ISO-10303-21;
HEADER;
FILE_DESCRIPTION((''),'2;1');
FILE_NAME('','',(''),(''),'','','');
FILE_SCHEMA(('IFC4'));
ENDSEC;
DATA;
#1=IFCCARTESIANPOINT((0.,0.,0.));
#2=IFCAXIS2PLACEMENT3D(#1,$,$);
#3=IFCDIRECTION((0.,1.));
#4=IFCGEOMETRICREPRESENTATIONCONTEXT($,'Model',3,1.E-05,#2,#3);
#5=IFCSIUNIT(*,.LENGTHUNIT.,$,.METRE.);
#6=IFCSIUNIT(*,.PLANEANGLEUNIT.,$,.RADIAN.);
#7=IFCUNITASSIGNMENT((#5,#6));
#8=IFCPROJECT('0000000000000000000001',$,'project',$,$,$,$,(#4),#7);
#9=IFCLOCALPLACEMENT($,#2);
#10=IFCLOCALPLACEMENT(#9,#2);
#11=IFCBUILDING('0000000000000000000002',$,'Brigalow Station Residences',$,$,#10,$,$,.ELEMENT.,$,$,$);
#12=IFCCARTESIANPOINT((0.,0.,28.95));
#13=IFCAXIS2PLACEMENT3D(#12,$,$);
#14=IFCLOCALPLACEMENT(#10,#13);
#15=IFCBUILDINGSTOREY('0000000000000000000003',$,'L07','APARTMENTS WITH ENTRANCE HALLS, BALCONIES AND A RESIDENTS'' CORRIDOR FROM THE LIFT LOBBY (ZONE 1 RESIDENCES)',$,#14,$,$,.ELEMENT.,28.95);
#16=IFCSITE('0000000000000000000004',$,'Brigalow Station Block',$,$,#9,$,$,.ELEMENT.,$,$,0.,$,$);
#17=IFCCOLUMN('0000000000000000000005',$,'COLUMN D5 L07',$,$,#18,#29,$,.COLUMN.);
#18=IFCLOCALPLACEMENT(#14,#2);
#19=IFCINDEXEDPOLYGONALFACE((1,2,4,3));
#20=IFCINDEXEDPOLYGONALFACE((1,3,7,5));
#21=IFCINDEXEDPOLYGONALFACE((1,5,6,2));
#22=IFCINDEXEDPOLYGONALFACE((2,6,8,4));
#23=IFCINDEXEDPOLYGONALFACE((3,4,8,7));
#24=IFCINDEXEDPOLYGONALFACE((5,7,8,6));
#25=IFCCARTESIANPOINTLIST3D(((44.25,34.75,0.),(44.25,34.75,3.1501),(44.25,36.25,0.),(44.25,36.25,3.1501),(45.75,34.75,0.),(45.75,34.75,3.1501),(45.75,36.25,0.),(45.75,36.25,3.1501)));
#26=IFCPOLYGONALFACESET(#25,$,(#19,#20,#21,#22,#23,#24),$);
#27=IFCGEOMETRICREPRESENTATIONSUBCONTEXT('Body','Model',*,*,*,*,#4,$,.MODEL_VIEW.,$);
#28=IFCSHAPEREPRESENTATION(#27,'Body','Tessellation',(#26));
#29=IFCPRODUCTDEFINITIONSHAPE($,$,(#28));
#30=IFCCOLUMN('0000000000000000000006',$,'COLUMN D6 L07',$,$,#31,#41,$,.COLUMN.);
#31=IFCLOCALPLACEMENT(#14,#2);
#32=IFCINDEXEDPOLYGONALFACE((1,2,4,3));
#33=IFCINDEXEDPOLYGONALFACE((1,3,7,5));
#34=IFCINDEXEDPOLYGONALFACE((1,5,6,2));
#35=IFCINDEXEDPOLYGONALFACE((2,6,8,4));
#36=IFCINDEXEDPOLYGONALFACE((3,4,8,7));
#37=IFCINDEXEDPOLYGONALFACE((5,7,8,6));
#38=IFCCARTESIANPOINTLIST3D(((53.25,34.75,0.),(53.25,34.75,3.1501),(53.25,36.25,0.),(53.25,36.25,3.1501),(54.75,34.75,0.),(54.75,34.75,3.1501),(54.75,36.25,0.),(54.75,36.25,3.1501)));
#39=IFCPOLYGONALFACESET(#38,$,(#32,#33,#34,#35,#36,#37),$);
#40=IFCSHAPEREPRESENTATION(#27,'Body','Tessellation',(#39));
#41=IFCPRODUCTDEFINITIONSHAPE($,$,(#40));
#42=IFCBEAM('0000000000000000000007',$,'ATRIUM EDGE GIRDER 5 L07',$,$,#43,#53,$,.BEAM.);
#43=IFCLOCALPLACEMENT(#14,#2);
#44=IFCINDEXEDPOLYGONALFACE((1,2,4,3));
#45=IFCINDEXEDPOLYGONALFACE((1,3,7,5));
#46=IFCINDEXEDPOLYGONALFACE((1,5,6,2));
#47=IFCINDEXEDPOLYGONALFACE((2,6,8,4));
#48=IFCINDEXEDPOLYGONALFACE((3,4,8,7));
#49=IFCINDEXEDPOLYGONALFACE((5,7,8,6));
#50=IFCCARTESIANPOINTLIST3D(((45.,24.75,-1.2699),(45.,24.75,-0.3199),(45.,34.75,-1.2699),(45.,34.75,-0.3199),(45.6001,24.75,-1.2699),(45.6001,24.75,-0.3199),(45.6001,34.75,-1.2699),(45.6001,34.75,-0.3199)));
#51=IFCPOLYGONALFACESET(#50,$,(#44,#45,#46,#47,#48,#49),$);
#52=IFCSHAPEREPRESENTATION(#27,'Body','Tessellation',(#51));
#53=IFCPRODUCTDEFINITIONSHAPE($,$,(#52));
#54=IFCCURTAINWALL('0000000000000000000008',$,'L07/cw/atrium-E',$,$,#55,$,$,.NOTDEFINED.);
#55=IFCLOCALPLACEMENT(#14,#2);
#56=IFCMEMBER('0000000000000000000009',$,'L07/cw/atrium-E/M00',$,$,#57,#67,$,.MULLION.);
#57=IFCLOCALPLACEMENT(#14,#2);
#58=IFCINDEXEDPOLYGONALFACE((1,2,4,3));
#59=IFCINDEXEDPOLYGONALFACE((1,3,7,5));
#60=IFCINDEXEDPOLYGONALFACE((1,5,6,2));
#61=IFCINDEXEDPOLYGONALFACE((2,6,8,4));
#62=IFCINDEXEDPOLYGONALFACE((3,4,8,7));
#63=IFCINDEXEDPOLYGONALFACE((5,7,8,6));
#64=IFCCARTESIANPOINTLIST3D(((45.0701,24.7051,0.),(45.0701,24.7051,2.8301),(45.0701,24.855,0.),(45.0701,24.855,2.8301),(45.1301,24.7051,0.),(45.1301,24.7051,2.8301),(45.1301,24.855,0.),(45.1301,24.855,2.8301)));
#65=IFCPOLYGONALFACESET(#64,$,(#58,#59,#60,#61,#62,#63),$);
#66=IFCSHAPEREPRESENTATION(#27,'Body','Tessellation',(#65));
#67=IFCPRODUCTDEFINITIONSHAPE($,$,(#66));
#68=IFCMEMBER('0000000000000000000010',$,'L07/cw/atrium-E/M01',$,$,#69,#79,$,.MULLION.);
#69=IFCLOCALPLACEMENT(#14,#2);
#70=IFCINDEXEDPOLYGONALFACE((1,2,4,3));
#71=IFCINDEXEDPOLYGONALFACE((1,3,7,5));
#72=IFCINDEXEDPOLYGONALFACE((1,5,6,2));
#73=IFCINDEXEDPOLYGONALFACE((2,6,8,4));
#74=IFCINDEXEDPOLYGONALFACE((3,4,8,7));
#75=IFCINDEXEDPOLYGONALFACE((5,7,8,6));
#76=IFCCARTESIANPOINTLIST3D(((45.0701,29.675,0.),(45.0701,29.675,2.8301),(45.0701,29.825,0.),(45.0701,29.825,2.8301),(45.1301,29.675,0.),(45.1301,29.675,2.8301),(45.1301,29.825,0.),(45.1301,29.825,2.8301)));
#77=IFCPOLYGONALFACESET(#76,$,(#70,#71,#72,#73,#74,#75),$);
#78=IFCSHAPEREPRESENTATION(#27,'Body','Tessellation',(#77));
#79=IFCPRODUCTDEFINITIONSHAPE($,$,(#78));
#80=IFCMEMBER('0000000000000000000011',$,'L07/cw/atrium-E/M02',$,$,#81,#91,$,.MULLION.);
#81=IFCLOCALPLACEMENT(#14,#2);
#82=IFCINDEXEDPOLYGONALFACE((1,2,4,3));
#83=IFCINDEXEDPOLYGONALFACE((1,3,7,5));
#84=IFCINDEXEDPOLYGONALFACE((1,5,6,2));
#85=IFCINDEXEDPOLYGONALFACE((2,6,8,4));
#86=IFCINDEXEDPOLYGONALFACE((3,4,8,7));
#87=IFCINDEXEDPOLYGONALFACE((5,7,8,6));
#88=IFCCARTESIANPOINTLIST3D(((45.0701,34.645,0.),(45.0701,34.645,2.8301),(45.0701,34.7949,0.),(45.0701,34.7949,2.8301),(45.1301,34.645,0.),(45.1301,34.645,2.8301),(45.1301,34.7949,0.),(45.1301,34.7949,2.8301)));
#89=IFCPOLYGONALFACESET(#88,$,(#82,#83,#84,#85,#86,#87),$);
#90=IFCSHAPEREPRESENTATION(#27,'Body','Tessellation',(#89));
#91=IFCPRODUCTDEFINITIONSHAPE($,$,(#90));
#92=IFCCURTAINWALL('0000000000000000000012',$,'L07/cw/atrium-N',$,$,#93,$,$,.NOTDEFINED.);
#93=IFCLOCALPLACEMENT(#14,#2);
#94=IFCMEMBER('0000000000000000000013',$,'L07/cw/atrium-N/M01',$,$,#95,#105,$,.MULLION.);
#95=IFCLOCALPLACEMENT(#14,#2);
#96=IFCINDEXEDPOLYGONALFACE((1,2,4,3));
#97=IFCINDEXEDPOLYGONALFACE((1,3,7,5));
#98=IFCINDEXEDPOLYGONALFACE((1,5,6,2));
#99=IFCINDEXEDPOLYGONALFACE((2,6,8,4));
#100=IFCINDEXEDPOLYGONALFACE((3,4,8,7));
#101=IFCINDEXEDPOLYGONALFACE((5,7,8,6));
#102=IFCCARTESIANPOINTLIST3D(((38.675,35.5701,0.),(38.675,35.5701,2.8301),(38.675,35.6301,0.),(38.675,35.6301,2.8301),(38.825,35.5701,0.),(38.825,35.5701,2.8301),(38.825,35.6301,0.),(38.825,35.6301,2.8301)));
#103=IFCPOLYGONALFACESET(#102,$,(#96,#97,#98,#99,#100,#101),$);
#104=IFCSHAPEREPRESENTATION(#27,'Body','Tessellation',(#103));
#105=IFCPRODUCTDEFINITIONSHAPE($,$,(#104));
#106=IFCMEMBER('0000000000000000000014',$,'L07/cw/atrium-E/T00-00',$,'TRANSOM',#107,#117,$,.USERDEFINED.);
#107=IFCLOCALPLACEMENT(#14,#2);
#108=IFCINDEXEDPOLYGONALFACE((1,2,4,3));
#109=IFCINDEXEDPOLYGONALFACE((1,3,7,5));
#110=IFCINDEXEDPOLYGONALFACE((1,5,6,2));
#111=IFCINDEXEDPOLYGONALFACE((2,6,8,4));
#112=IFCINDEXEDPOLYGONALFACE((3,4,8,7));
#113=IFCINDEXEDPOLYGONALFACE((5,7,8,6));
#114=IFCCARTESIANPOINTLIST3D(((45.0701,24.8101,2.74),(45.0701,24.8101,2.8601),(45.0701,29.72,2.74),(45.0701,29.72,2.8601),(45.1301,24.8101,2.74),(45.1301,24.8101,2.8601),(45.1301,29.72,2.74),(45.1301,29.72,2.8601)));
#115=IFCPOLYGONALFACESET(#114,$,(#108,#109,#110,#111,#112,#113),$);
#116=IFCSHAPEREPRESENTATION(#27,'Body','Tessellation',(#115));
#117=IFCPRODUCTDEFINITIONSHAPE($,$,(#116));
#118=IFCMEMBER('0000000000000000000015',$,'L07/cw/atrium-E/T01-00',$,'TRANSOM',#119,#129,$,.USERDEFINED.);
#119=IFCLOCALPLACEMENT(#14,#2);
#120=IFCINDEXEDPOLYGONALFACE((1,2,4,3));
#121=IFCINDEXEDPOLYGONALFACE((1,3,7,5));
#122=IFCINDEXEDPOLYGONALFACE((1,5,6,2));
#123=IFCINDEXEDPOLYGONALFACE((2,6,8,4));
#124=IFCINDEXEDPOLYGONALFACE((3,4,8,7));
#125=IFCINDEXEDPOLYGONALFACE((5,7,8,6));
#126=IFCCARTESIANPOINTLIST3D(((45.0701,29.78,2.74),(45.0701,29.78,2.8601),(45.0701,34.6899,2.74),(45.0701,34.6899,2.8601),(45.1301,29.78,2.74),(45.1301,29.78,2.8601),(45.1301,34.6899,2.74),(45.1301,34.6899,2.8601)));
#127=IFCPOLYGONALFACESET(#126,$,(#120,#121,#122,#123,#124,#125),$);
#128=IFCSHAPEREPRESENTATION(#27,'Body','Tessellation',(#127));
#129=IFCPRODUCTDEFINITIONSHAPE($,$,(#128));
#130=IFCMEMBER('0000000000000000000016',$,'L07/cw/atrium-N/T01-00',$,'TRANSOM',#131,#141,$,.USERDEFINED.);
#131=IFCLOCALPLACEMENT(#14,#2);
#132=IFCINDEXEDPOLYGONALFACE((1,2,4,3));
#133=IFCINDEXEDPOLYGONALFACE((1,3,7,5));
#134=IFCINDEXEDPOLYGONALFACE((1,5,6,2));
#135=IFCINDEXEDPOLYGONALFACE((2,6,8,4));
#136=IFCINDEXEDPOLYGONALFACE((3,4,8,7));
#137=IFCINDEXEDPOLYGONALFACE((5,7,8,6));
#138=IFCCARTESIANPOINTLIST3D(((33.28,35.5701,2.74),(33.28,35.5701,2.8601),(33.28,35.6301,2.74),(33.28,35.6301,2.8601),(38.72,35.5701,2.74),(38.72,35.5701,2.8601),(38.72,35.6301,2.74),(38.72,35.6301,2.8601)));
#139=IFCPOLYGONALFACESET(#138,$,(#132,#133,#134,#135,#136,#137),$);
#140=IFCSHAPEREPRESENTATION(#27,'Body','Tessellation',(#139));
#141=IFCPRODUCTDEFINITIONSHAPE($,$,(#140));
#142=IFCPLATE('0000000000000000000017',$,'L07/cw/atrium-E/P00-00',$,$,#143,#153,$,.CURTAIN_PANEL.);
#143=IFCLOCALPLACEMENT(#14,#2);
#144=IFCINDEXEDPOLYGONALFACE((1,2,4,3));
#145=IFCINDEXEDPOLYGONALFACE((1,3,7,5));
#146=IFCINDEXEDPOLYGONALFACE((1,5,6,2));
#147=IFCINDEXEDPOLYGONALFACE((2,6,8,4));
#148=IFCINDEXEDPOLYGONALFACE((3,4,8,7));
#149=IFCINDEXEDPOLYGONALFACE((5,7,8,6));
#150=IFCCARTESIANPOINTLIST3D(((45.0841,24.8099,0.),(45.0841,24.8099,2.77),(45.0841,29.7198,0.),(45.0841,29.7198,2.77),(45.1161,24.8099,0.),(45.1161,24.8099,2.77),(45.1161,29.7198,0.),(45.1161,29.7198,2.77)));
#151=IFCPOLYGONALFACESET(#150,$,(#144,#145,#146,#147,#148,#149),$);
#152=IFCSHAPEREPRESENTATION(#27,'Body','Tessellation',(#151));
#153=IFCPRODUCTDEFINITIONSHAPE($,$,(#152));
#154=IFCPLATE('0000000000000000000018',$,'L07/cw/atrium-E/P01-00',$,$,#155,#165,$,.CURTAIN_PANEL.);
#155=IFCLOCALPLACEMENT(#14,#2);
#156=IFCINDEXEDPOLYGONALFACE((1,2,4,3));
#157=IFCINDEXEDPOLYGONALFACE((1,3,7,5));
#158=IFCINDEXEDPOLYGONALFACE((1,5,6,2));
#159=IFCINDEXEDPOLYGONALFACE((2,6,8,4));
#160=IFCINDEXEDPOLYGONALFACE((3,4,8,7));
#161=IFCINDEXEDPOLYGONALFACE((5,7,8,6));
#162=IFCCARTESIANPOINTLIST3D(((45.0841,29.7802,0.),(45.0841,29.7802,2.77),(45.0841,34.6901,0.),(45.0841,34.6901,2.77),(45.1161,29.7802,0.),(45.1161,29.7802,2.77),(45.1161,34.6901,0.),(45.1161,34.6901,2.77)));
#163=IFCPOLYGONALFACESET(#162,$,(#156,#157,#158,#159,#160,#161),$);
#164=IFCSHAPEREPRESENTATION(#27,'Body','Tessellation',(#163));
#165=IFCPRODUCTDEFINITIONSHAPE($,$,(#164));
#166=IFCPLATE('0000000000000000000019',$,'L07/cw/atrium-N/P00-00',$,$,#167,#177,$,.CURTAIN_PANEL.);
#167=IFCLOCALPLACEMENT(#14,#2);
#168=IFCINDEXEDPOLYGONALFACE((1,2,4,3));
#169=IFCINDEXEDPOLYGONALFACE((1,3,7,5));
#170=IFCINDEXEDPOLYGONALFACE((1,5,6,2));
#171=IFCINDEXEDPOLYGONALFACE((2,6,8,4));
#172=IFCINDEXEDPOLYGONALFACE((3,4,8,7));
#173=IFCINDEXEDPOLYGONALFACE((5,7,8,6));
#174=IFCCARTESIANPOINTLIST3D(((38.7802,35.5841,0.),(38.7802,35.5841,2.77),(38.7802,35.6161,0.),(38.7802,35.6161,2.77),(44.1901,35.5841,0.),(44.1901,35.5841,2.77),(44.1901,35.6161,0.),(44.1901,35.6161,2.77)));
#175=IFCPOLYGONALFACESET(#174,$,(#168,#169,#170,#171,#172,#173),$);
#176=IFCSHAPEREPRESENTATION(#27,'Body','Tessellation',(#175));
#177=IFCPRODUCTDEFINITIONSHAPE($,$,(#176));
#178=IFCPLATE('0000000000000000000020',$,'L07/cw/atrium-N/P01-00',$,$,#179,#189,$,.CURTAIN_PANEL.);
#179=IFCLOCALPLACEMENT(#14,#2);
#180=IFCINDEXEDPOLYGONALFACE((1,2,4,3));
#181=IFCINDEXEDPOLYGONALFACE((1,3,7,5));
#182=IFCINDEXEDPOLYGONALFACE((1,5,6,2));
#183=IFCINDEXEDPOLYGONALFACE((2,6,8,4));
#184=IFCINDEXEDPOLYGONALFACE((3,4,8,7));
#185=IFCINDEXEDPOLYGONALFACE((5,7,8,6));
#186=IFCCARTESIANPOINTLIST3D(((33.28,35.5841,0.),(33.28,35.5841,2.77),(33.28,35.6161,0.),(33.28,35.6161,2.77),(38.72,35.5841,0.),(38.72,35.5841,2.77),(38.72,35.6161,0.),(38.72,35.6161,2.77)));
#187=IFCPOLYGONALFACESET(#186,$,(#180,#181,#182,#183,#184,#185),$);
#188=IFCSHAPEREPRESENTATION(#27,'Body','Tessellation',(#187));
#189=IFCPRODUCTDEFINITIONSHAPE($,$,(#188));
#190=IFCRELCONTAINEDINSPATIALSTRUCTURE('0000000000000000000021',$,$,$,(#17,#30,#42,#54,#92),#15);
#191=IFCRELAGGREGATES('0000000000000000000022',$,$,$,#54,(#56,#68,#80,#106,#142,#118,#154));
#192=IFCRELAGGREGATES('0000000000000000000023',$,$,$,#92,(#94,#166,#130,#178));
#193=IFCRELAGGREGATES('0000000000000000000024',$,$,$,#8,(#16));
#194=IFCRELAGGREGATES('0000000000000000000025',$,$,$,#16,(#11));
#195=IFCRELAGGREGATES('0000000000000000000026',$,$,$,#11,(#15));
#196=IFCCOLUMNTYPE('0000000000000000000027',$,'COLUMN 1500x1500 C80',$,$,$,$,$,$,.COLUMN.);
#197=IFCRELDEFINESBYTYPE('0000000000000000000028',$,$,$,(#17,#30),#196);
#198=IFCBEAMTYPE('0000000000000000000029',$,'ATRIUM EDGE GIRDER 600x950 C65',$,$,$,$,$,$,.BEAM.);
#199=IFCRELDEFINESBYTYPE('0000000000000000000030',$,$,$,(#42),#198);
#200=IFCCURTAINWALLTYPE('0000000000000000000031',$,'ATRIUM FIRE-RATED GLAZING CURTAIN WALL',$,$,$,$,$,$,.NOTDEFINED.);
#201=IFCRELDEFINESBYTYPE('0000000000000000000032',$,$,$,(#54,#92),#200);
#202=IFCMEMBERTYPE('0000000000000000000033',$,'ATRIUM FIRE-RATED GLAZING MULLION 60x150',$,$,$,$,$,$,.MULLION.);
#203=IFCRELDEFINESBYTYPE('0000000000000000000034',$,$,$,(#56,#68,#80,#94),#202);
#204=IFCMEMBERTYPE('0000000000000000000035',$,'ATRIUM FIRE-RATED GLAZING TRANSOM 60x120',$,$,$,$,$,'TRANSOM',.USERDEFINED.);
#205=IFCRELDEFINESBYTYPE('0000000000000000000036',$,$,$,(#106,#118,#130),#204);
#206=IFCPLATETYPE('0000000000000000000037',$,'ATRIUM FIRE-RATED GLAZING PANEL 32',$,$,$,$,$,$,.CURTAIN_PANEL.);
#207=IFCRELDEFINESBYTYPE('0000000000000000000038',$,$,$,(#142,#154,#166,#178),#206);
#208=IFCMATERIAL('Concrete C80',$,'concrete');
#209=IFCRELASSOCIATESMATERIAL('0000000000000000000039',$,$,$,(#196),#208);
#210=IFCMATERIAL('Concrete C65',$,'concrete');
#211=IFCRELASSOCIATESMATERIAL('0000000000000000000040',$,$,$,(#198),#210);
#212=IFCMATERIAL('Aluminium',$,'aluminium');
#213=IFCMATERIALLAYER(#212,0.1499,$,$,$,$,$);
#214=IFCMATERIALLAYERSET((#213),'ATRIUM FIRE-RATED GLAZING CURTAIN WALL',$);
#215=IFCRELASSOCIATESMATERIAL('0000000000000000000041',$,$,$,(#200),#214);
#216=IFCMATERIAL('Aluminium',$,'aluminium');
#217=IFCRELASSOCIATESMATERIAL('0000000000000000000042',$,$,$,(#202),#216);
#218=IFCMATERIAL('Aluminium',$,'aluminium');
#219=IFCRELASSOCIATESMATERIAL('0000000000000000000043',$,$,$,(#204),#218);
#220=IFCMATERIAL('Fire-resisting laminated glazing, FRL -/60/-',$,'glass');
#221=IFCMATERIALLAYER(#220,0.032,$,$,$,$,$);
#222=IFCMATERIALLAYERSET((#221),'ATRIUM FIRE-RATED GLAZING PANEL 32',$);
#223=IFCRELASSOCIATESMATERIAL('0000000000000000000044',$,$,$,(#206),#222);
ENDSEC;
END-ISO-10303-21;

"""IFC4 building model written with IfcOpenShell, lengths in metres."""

from ifc_helpers import new_model, si_unit, direction, frame, origin, origin_2d, place, context, subcontext, project, spatial, rectangle, extrude, material, layer, layer_set, material_profile, profile_set, type_object, element, aggregate, save


model = new_model("IFC4")

# Units and contexts
model_context = context("Model", 3, precision=1e-05, world=origin(), true_north=direction((0.0, 1.0)))
body_context = subcontext(model_context, "Body", "Model", "MODEL_VIEW")
ifc_project = project(units=[si_unit("LENGTHUNIT", "METRE"), si_unit("PLANEANGLEUNIT", "RADIAN")], contexts=[model_context])

# Site, building, storey
site_placement = place(None, origin())
site = spatial("IfcSite", under=ifc_project, at=site_placement, Name="Brigalow Station Block", CompositionType="ELEMENT", RefElevation=0.0)
building_placement = place(site_placement, origin())
building = spatial("IfcBuilding", under=site, at=building_placement, Name="Brigalow Station Residences", CompositionType="ELEMENT")
storey_placement = place(building_placement, frame((0.0, 0.0, 28.95)))
storey = spatial("IfcBuildingStorey", under=building, at=storey_placement, Name="L07", Description="APARTMENTS WITH ENTRANCE HALLS, BALCONIES AND A RESIDENTS' CORRIDOR FROM THE LIFT LOBBY (ZONE 1 RESIDENCES)", CompositionType="ELEMENT", Elevation=28.95)

# Columns
ifc_material_1 = material(Name="Concrete C80", Category="concrete")
ifc_material_profile_1 = material_profile(ifc_material_1, rectangle(XDim=1.5, YDim=1.5, at=origin_2d()), Name="RC1500x1500")
ifc_profile_set_1 = profile_set([ifc_material_profile_1], Name="Concrete C80")
column_type = type_object("IfcColumnType", Name="COLUMN 1500x1500 C80", PredefinedType="COLUMN", material=ifc_profile_set_1)
for number, where, z_axis, x_axis, name in (
    (1, (45.0, 35.5, 0.0), (0.0, 0.0, 1.0), (1.0, 0.0, 0.0), "COLUMN D5 L07"),
    (2, (54.0, 35.5, 0.0), (0.0, 0.0, 1.0), (1.0, 0.0, 0.0), "COLUMN D6 L07"),
):
    element("IfcColumn", number, at=place(storey_placement, frame(where, z_axis=z_axis, x_axis=x_axis)), inside=storey, type_object=column_type, Name=name, PredefinedType="COLUMN", context=body_context, shape_type="SweptSolid", body=[
        extrude(rectangle(XDim=1.5, YDim=1.5, at=origin_2d()), origin(), (0.0, 0.0, 1.0), 3.1501),
    ])

# Beam
ifc_material_2 = material(Name="Concrete C65", Category="concrete")
ifc_material_profile_2 = material_profile(ifc_material_2, rectangle(XDim=0.6001, YDim=0.95, at=origin_2d()), Name="RC600x950")
ifc_profile_set_2 = profile_set([ifc_material_profile_2], Name="Concrete C65")
beam_type = type_object("IfcBeamType", Name="ATRIUM EDGE GIRDER 600x950 C65", PredefinedType="BEAM", material=ifc_profile_set_2)
beam_placement = place(storey_placement, frame((45.3, 24.75, -0.7949), z_axis=(0.0, 1.0, 0.0), x_axis=(-1.0, 0.0, 0.0)))
element("IfcBeam", 3, at=beam_placement, inside=storey, type_object=beam_type, Name="ATRIUM EDGE GIRDER 5 L07", PredefinedType="BEAM", context=body_context, shape_type="SweptSolid", body=[
    extrude(rectangle(XDim=0.6001, YDim=0.95, at=origin_2d()), origin(), (0.0, 0.0, 1.0), 10.0),
])

# Curtain wall, members
ifc_material_3 = material(Name="Aluminium", Category="aluminium")
ifc_layer_1 = layer(ifc_material_3, 0.1499)
ifc_layer_set_1 = layer_set([ifc_layer_1], Name="ATRIUM FIRE-RATED GLAZING CURTAIN WALL")
curtain_wall_type = type_object("IfcCurtainWallType", Name="ATRIUM FIRE-RATED GLAZING CURTAIN WALL", PredefinedType="NOTDEFINED", material=ifc_layer_set_1)
curtain_wall_1_placement = place(storey_placement, origin())
curtain_wall_1 = element("IfcCurtainWall", 4, at=curtain_wall_1_placement, inside=storey, type_object=curtain_wall_type, Name="L07/cw/atrium-E", PredefinedType="NOTDEFINED")
ifc_material_4 = material(Name="Aluminium", Category="aluminium")
ifc_material_profile_3 = material_profile(ifc_material_4, rectangle(XDim=0.0601, YDim=0.1499, at=origin_2d()), Name="ATRIUM FIRE-RATED GLAZING MULLION 60x150")
ifc_profile_set_3 = profile_set([ifc_material_profile_3], Name="Aluminium")
member_type_1 = type_object("IfcMemberType", Name="ATRIUM FIRE-RATED GLAZING MULLION 60x150", PredefinedType="MULLION", material=ifc_profile_set_3)
member_1_placement = place(storey_placement, frame((45.1001, 24.78, 0.0), z_axis=(0.0, 0.0, 1.0), x_axis=(-1.0, 0.0, 0.0)))
member_1 = element("IfcMember", 5, at=member_1_placement, type_object=member_type_1, Name="L07/cw/atrium-E/M00", PredefinedType="MULLION", context=body_context, shape_type="SweptSolid", body=[
    extrude(rectangle(XDim=0.0601, YDim=0.1499, at=origin_2d()), origin(), (0.0, 0.0, 1.0), 2.8301),
])
member_2_placement = place(storey_placement, frame((45.1001, 29.75, 0.0), z_axis=(0.0, 0.0, 1.0), x_axis=(-1.0, 0.0, 0.0)))
member_2 = element("IfcMember", 6, at=member_2_placement, type_object=member_type_1, Name="L07/cw/atrium-E/M01", PredefinedType="MULLION", context=body_context, shape_type="SweptSolid", body=[
    extrude(rectangle(XDim=0.0601, YDim=0.1499, at=origin_2d()), origin(), (0.0, 0.0, 1.0), 2.8301),
])
member_3_placement = place(storey_placement, frame((45.1001, 34.72, 0.0), z_axis=(0.0, 0.0, 1.0), x_axis=(-1.0, 0.0, 0.0)))
member_3 = element("IfcMember", 7, at=member_3_placement, type_object=member_type_1, Name="L07/cw/atrium-E/M02", PredefinedType="MULLION", context=body_context, shape_type="SweptSolid", body=[
    extrude(rectangle(XDim=0.0601, YDim=0.1499, at=origin_2d()), origin(), (0.0, 0.0, 1.0), 2.8301),
])

# Curtain wall, member
curtain_wall_2_placement = place(storey_placement, origin())
curtain_wall_2 = element("IfcCurtainWall", 8, at=curtain_wall_2_placement, inside=storey, type_object=curtain_wall_type, Name="L07/cw/atrium-N", PredefinedType="NOTDEFINED")
member_4_placement = place(storey_placement, frame((38.75, 35.6001, 0.0), z_axis=(0.0, 0.0, 1.0), x_axis=(0.0, -1.0, 0.0)))
member_4 = element("IfcMember", 9, at=member_4_placement, type_object=member_type_1, Name="L07/cw/atrium-N/M01", PredefinedType="MULLION", context=body_context, shape_type="SweptSolid", body=[
    extrude(rectangle(XDim=0.0601, YDim=0.1499, at=origin_2d()), origin(), (0.0, 0.0, 1.0), 2.8301),
])

# Members
ifc_material_5 = material(Name="Aluminium", Category="aluminium")
ifc_material_profile_4 = material_profile(ifc_material_5, rectangle(XDim=0.0601, YDim=0.1201, at=origin_2d()), Name="ATRIUM FIRE-RATED GLAZING TRANSOM 60x120")
ifc_profile_set_4 = profile_set([ifc_material_profile_4], Name="Aluminium")
member_type_2 = type_object("IfcMemberType", Name="ATRIUM FIRE-RATED GLAZING TRANSOM 60x120", ElementType="TRANSOM", PredefinedType="USERDEFINED", material=ifc_profile_set_4)
member_5_placement = place(storey_placement, frame((45.1001, 24.8101, 2.8), z_axis=(0.0, 1.0, 0.0), x_axis=(-1.0, 0.0, 0.0)))
member_5 = element("IfcMember", 10, at=member_5_placement, type_object=member_type_2, Name="L07/cw/atrium-E/T00-00", ObjectType="TRANSOM", PredefinedType="USERDEFINED", context=body_context, shape_type="SweptSolid", body=[
    extrude(rectangle(XDim=0.0601, YDim=0.1201, at=origin_2d()), origin(), (0.0, 0.0, 1.0), 4.9099),
])
member_6_placement = place(storey_placement, frame((45.1001, 29.78, 2.8), z_axis=(0.0, 1.0, 0.0), x_axis=(-1.0, 0.0, 0.0)))
member_6 = element("IfcMember", 11, at=member_6_placement, type_object=member_type_2, Name="L07/cw/atrium-E/T01-00", ObjectType="TRANSOM", PredefinedType="USERDEFINED", context=body_context, shape_type="SweptSolid", body=[
    extrude(rectangle(XDim=0.0601, YDim=0.1201, at=origin_2d()), origin(), (0.0, 0.0, 1.0), 4.9099),
])
member_7_placement = place(storey_placement, frame((38.72, 35.6001, 2.8), z_axis=(-1.0, 0.0, 0.0), x_axis=(0.0, -1.0, 0.0)))
member_7 = element("IfcMember", 12, at=member_7_placement, type_object=member_type_2, Name="L07/cw/atrium-N/T01-00", ObjectType="TRANSOM", PredefinedType="USERDEFINED", context=body_context, shape_type="SweptSolid", body=[
    extrude(rectangle(XDim=0.0601, YDim=0.1201, at=origin_2d()), origin(), (0.0, 0.0, 1.0), 5.4399),
])

# Plates
ifc_material_6 = material(Name="Fire-resisting laminated glazing, FRL -/60/-", Category="glass")
ifc_layer_2 = layer(ifc_material_6, 0.032)
ifc_layer_set_2 = layer_set([ifc_layer_2], Name="ATRIUM FIRE-RATED GLAZING PANEL 32")
plate_type = type_object("IfcPlateType", Name="ATRIUM FIRE-RATED GLAZING PANEL 32", PredefinedType="CURTAIN_PANEL", material=ifc_layer_set_2)
plate_1_placement = place(storey_placement, frame((45.1001, 27.2649, 0.0), z_axis=(0.0, 0.0, 1.0), x_axis=(0.0, 1.0, 0.0)))
plate_1 = element("IfcPlate", 13, at=plate_1_placement, type_object=plate_type, Name="L07/cw/atrium-E/P00-00", PredefinedType="CURTAIN_PANEL", context=body_context, shape_type="SweptSolid", body=[
    extrude(rectangle(XDim=4.9099, YDim=0.032, at=origin_2d()), origin(), (0.0, 0.0, 1.0), 2.77),
])
plate_2_placement = place(storey_placement, frame((45.1001, 32.2351, 0.0), z_axis=(0.0, 0.0, 1.0), x_axis=(0.0, 1.0, 0.0)))
plate_2 = element("IfcPlate", 14, at=plate_2_placement, type_object=plate_type, Name="L07/cw/atrium-E/P01-00", PredefinedType="CURTAIN_PANEL", context=body_context, shape_type="SweptSolid", body=[
    extrude(rectangle(XDim=4.9099, YDim=0.032, at=origin_2d()), origin(), (0.0, 0.0, 1.0), 2.77),
])
aggregate(curtain_wall_1, [member_1, member_2, member_3, member_5, plate_1, member_6, plate_2])
plate_3_placement = place(storey_placement, frame((41.4851, 35.6001, 0.0), z_axis=(0.0, 0.0, 1.0), x_axis=(-1.0, 0.0, 0.0)))
plate_3 = element("IfcPlate", 15, at=plate_3_placement, type_object=plate_type, Name="L07/cw/atrium-N/P00-00", PredefinedType="CURTAIN_PANEL", context=body_context, shape_type="SweptSolid", body=[
    extrude(rectangle(XDim=5.4099, YDim=0.032, at=origin_2d()), origin(), (0.0, 0.0, 1.0), 2.77),
])
plate_4_placement = place(storey_placement, frame((36.0, 35.6001, 0.0), z_axis=(0.0, 0.0, 1.0), x_axis=(-1.0, 0.0, 0.0)))
plate_4 = element("IfcPlate", 16, at=plate_4_placement, type_object=plate_type, Name="L07/cw/atrium-N/P01-00", PredefinedType="CURTAIN_PANEL", context=body_context, shape_type="SweptSolid", body=[
    extrude(rectangle(XDim=5.4399, YDim=0.032, at=origin_2d()), origin(), (0.0, 0.0, 1.0), 2.77),
])
aggregate(curtain_wall_2, [member_4, plate_3, member_7, plate_4])

save(model, "model.ifc")
